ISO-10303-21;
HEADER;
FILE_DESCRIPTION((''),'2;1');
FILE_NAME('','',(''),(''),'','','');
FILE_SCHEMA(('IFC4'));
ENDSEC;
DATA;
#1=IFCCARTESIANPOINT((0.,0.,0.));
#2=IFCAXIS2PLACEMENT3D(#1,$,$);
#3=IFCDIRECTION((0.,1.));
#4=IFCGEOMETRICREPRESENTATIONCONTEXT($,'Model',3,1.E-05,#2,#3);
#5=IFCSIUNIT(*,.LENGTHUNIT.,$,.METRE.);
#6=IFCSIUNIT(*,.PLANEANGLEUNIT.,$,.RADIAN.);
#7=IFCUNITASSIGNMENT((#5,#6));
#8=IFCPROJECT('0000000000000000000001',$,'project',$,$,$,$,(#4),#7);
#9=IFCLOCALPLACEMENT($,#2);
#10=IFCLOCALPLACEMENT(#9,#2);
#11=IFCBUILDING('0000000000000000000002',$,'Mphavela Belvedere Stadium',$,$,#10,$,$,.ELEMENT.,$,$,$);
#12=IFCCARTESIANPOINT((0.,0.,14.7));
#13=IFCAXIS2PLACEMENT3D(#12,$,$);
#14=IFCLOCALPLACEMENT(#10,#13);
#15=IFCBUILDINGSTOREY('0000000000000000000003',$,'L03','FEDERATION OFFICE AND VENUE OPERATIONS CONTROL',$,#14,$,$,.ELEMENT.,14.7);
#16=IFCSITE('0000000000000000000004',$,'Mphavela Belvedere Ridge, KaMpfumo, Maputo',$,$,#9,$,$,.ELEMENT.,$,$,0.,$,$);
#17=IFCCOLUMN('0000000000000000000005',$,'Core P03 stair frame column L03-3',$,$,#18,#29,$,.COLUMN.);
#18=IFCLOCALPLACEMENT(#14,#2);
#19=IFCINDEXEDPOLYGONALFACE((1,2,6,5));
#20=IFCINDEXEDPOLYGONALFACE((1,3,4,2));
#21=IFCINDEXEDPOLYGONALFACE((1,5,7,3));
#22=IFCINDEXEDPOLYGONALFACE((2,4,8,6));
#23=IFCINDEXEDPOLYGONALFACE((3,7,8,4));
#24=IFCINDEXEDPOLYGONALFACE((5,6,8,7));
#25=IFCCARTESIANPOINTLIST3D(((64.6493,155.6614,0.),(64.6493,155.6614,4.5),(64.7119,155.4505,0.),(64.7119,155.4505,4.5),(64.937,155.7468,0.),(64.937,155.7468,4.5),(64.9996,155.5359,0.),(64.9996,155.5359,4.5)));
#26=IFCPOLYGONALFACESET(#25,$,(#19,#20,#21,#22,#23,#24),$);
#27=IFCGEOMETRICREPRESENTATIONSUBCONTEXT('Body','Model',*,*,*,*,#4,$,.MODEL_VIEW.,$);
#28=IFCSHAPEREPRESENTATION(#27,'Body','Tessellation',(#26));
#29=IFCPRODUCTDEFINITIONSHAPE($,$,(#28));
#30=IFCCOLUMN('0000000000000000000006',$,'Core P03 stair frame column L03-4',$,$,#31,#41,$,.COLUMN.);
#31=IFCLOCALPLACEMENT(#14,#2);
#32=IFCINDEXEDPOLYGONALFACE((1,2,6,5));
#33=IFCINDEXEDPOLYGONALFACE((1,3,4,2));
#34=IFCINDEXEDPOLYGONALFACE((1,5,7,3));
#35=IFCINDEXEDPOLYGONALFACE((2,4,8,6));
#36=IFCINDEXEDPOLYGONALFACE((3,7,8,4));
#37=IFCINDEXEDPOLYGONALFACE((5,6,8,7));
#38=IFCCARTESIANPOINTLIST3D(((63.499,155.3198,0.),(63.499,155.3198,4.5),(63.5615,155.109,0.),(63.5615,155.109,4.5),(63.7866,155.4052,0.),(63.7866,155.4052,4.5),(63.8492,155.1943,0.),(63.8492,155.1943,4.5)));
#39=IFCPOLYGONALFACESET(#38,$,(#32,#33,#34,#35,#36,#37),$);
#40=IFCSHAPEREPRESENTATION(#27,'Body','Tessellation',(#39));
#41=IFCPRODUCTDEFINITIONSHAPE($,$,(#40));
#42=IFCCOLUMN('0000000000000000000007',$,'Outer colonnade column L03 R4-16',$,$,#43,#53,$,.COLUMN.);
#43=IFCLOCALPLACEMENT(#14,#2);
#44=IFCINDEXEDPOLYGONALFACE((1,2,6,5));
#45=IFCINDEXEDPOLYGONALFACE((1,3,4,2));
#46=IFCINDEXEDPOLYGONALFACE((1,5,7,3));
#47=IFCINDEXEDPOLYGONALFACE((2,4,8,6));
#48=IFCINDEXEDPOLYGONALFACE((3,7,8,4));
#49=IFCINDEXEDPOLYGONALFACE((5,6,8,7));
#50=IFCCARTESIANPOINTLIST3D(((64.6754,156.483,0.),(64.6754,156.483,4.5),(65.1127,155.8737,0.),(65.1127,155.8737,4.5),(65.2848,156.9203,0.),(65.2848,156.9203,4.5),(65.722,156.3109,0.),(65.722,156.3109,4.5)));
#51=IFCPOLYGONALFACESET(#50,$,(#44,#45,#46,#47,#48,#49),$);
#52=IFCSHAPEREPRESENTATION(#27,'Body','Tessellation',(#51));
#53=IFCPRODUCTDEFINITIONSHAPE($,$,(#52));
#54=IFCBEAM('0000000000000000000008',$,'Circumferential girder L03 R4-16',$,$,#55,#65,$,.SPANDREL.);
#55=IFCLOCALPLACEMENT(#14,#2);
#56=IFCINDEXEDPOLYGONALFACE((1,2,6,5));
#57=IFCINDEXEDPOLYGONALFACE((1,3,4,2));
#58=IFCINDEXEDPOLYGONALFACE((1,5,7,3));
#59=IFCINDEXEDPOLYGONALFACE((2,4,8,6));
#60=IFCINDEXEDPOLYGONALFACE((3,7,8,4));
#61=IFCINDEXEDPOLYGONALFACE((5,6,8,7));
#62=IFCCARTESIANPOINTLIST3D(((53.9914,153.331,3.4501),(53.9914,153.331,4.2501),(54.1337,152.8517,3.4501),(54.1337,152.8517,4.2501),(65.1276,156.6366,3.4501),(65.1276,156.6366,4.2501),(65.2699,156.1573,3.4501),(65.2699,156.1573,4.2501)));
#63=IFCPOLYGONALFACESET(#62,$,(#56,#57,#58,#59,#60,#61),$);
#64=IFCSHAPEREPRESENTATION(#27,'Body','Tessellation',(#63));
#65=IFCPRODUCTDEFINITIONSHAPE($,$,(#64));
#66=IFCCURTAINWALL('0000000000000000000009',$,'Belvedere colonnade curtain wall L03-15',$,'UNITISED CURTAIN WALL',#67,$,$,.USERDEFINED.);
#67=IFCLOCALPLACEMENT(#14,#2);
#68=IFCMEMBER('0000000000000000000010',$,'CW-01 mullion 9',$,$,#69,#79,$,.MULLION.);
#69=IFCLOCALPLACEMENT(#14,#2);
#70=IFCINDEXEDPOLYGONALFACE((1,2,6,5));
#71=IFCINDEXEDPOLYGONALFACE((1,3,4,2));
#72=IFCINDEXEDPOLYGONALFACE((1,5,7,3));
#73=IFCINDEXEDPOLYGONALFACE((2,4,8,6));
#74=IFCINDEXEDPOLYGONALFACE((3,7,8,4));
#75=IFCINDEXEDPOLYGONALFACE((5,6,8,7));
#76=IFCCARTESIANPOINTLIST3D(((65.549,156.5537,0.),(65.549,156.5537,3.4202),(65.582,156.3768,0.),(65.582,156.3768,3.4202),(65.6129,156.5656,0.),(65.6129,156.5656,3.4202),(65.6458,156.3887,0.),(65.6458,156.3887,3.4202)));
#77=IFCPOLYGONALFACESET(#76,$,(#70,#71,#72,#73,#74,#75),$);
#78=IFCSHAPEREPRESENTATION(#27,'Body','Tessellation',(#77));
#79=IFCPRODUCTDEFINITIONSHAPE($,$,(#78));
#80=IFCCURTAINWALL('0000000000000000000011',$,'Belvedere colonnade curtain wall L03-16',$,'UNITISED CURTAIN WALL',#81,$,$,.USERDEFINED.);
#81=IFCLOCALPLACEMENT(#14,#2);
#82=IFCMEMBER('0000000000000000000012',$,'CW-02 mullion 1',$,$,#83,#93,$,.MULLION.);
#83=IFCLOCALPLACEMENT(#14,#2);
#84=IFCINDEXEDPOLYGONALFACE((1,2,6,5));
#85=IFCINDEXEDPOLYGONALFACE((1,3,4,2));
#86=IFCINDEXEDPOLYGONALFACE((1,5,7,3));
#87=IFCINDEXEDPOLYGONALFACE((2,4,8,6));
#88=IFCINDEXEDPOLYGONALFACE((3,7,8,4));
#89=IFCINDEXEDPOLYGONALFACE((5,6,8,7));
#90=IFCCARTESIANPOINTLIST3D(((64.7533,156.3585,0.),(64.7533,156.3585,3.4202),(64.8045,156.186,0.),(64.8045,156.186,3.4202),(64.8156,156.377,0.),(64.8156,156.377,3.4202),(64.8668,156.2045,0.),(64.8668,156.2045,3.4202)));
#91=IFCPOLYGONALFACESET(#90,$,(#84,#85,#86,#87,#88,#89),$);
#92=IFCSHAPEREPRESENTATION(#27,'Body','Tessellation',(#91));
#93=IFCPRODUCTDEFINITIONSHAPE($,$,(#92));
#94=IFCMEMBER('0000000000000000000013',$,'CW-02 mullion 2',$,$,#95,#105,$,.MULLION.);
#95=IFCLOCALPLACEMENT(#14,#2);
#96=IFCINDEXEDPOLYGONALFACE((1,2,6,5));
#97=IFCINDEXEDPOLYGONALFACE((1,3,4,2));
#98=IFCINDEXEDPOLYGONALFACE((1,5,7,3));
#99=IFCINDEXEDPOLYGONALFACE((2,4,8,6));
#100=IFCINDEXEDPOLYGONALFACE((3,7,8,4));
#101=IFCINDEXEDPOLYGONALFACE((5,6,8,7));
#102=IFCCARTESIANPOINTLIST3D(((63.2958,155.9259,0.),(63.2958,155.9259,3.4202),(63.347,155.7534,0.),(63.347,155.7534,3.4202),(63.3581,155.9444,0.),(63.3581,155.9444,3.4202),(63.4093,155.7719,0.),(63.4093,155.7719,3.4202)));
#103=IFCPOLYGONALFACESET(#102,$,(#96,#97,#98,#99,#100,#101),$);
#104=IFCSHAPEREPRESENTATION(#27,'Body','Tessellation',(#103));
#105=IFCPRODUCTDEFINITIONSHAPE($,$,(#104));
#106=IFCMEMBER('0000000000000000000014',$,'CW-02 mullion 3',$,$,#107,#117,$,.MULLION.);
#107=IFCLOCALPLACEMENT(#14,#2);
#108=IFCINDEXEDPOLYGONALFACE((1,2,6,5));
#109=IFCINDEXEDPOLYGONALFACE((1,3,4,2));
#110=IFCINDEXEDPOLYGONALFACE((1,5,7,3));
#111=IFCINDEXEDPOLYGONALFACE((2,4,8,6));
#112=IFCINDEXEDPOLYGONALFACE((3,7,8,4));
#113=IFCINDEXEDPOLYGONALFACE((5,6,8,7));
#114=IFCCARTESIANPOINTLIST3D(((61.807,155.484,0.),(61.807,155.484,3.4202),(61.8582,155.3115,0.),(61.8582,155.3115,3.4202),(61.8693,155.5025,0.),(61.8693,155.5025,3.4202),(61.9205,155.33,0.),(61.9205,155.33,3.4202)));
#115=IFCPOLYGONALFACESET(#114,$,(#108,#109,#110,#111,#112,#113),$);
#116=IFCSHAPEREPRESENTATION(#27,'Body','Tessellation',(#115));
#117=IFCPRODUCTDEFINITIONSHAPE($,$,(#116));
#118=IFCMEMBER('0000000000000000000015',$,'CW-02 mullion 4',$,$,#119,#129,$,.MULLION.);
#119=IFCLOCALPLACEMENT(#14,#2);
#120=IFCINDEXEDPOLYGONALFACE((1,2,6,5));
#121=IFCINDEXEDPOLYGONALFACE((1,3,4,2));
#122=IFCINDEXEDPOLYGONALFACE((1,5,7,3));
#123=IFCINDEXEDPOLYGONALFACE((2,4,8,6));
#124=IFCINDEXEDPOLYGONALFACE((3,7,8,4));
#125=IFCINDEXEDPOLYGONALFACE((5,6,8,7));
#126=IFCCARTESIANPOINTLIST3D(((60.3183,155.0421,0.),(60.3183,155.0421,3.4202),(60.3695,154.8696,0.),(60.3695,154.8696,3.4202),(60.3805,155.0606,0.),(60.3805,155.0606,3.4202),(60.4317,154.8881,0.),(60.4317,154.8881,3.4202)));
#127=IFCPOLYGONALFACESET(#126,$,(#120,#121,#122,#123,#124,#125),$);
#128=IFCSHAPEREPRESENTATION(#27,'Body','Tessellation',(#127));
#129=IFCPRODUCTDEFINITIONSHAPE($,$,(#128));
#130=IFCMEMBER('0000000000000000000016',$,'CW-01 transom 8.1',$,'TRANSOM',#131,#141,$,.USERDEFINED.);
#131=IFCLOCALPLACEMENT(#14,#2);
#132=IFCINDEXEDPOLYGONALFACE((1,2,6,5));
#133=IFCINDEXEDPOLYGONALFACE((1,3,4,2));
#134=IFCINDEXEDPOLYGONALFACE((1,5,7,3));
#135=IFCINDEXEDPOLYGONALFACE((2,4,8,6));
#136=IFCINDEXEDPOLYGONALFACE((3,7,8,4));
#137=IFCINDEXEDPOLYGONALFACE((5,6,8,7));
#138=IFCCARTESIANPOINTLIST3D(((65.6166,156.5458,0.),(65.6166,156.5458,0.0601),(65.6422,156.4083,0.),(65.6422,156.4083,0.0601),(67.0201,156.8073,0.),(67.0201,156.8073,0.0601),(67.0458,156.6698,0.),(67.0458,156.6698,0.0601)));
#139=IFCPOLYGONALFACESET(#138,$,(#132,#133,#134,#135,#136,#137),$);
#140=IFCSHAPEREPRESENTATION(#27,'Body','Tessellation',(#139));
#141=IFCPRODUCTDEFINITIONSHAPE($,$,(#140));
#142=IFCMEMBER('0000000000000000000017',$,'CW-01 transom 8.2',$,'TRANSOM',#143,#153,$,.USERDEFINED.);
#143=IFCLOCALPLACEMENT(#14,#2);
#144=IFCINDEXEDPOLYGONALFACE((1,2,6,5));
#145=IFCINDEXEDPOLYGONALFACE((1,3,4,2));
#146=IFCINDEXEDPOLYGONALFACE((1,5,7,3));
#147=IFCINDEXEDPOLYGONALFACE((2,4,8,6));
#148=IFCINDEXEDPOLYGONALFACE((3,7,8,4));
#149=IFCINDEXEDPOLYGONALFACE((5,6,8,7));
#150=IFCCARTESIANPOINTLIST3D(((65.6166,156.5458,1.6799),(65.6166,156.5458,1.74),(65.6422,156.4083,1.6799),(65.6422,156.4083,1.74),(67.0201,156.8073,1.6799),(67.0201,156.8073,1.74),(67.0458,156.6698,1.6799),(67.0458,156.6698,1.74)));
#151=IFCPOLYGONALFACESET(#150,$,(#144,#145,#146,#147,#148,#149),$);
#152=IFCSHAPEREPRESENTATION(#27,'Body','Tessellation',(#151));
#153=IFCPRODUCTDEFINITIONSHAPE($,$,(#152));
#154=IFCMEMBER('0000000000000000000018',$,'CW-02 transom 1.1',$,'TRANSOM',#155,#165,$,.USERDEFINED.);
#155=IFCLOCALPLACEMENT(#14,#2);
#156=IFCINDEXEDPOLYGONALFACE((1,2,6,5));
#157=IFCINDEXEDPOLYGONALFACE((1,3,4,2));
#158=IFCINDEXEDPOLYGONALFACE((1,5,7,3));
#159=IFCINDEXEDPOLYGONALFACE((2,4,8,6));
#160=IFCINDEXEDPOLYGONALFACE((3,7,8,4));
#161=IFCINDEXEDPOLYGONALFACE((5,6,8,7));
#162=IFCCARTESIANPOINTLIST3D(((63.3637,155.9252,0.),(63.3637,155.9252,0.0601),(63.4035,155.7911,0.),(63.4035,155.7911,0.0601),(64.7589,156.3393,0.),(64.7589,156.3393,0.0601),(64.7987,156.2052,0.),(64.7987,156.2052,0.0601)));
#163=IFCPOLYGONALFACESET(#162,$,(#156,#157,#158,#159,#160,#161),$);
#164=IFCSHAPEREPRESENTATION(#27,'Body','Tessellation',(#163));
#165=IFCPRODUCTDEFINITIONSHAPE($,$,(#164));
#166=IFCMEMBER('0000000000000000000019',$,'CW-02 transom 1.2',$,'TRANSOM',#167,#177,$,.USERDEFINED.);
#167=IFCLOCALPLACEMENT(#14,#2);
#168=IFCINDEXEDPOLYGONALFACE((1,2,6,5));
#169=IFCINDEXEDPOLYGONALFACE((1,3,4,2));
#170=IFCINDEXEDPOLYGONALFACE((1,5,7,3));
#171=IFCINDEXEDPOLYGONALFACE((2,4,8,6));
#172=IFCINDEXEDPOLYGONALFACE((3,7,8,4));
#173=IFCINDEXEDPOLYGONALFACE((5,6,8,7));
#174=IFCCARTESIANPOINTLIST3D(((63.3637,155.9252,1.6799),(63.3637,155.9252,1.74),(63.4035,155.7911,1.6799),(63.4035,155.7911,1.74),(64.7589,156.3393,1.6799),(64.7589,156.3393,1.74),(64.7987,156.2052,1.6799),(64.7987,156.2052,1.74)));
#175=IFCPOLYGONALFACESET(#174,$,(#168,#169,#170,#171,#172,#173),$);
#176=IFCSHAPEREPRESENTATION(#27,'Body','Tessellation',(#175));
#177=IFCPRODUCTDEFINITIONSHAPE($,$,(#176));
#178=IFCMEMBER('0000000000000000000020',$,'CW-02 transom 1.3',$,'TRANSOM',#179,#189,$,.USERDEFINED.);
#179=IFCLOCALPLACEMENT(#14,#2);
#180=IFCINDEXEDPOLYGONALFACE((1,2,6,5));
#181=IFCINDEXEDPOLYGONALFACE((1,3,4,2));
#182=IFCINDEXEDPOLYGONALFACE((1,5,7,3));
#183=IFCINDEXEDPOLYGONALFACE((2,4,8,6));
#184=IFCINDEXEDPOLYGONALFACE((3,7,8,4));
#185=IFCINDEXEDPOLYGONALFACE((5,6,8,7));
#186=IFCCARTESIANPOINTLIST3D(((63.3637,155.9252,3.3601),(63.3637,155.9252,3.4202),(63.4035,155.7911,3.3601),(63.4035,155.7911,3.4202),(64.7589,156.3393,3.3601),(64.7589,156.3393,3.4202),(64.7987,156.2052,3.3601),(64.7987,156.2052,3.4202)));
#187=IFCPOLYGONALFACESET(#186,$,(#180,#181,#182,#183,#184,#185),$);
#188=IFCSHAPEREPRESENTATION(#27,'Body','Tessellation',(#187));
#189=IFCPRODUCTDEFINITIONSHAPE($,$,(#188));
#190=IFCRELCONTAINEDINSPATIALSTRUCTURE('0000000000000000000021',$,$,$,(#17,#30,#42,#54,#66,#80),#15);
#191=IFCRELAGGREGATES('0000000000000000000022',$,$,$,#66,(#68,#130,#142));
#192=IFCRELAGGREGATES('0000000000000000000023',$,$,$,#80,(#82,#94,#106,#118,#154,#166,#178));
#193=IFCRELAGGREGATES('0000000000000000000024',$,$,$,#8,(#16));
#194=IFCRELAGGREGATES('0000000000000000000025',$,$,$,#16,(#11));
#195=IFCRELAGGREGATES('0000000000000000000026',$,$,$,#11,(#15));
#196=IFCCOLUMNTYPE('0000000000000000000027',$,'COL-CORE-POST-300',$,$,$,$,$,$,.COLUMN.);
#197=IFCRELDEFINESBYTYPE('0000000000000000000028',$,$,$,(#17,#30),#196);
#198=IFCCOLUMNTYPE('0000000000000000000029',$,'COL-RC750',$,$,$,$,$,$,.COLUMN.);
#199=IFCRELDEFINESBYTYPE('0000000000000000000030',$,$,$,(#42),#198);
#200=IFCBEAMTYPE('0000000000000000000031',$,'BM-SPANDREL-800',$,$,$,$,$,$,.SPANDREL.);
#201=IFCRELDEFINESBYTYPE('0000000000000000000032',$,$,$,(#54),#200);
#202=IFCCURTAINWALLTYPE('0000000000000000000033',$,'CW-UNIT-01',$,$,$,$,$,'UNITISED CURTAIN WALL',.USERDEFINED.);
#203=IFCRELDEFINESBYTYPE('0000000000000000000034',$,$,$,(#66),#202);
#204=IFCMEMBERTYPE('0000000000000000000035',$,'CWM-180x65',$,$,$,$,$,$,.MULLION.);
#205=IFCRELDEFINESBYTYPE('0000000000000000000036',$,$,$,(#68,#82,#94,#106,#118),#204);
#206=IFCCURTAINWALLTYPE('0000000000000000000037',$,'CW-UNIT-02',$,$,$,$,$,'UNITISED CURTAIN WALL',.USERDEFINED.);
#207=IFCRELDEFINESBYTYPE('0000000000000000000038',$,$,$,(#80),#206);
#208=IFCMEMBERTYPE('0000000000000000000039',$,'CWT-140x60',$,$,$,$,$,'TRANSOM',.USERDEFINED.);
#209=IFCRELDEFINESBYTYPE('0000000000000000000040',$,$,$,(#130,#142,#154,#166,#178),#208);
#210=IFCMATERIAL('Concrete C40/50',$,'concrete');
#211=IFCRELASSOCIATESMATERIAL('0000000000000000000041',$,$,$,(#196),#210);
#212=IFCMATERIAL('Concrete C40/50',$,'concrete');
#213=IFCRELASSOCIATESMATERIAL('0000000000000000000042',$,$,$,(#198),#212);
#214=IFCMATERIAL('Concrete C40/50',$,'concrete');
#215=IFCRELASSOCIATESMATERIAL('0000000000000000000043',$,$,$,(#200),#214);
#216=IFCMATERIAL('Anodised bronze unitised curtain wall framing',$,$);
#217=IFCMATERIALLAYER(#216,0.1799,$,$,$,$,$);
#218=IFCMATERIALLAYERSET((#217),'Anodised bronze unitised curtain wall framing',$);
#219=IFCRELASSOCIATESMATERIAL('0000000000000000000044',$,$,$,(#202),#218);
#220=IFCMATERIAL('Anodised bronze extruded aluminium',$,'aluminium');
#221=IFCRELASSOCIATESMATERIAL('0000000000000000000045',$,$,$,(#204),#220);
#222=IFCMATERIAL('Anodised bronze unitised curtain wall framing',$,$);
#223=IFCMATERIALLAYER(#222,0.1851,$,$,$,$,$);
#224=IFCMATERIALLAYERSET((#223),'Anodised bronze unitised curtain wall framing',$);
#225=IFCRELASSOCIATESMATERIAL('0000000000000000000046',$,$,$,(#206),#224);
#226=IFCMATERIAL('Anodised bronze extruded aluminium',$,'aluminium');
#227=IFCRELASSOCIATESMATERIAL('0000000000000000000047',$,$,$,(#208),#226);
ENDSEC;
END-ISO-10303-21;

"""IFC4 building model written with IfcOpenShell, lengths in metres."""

from ifc_helpers import new_model, si_unit, direction, frame, origin, origin_2d, place, context, subcontext, project, spatial, rectangle, extrude, material, layer, layer_set, material_profile, profile_set, type_object, element, aggregate, save


model = new_model("IFC4")

# Units and contexts
model_context = context("Model", 3, precision=1e-05, world=origin(), true_north=direction((0.0, 1.0)))
body_context = subcontext(model_context, "Body", "Model", "MODEL_VIEW")
ifc_project = project(units=[si_unit("LENGTHUNIT", "METRE"), si_unit("PLANEANGLEUNIT", "RADIAN")], contexts=[model_context])

# Site, building, storey
site_placement = place(None, origin())
site = spatial("IfcSite", under=ifc_project, at=site_placement, Name="Mphavela Belvedere Ridge, KaMpfumo, Maputo", CompositionType="ELEMENT", RefElevation=0.0)
building_placement = place(site_placement, origin())
building = spatial("IfcBuilding", under=site, at=building_placement, Name="Mphavela Belvedere Stadium", CompositionType="ELEMENT")
storey_placement = place(building_placement, frame((0.0, 0.0, 14.7)))
storey = spatial("IfcBuildingStorey", under=building, at=storey_placement, Name="L03", Description="FEDERATION OFFICE AND VENUE OPERATIONS CONTROL", CompositionType="ELEMENT", Elevation=14.7)

# Columns
ifc_material_1 = material(Name="Concrete C40/50", Category="concrete")
ifc_material_profile_1 = material_profile(ifc_material_1, rectangle(XDim=0.3, YDim=0.22, at=origin_2d()), Name="RC 300x220")
ifc_profile_set_1 = profile_set([ifc_material_profile_1], Name="Concrete C40/50")
column_type_1 = type_object("IfcColumnType", Name="COL-CORE-POST-300", PredefinedType="COLUMN", material=ifc_profile_set_1)
for number, where, z_axis, x_axis, name in (
    (1, (64.8245, 155.5986, 0.0), (0.0, 0.0, 1.0), (0.958671, 0.284517, 0.0), "Core P03 stair frame column L03-3"),
    (2, (63.6741, 155.2571, 0.0), (0.0, 0.0, 1.0), (0.958671, 0.284517, 0.0), "Core P03 stair frame column L03-4"),
):
    element("IfcColumn", number, at=place(storey_placement, frame(where, z_axis=z_axis, x_axis=x_axis)), inside=storey, type_object=column_type_1, Name=name, PredefinedType="COLUMN", context=body_context, shape_type="SweptSolid", body=[
        extrude(rectangle(XDim=0.3, YDim=0.22, at=origin_2d()), origin(), (0.0, 0.0, 1.0), 4.5),
    ])
ifc_material_2 = material(Name="Concrete C40/50", Category="concrete")
ifc_material_profile_2 = material_profile(ifc_material_2, rectangle(XDim=0.75, YDim=0.75, at=origin_2d()), Name="RC 750x750")
ifc_profile_set_2 = profile_set([ifc_material_profile_2], Name="Concrete C40/50")
column_type_2 = type_object("IfcColumnType", Name="COL-RC750", PredefinedType="COLUMN", material=ifc_profile_set_2)
column_placement = place(storey_placement, frame((65.1987, 156.397, 0.0), z_axis=(0.0, 0.0, 1.0), x_axis=(-0.582974, 0.812491, 0.0)))
element("IfcColumn", 3, at=column_placement, inside=storey, type_object=column_type_2, Name="Outer colonnade column L03 R4-16", PredefinedType="COLUMN", context=body_context, shape_type="SweptSolid", body=[
    extrude(rectangle(XDim=0.75, YDim=0.75, at=origin_2d()), origin(), (0.0, 0.0, 1.0), 4.5),
])

# Beam
ifc_material_3 = material(Name="Concrete C40/50", Category="concrete")
ifc_material_profile_3 = material_profile(ifc_material_3, rectangle(XDim=0.5, YDim=0.8, at=origin_2d()), Name="RC 500x800")
ifc_profile_set_3 = profile_set([ifc_material_profile_3], Name="Concrete C40/50")
beam_type = type_object("IfcBeamType", Name="BM-SPANDREL-800", PredefinedType="SPANDREL", material=ifc_profile_set_3)
beam_placement = place(storey_placement, frame((65.1987, 156.397, 3.8501), z_axis=(-0.958656, -0.284566, 0.0), x_axis=(0.284566, -0.958656, 0.0)))
element("IfcBeam", 4, at=beam_placement, inside=storey, type_object=beam_type, Name="Circumferential girder L03 R4-16", PredefinedType="SPANDREL", context=body_context, shape_type="SweptSolid", body=[
    extrude(rectangle(XDim=0.5, YDim=0.8, at=origin_2d()), origin(), (0.0, 0.0, 1.0), 11.6165),
])

# Curtain wall, member
ifc_material_4 = material(Name="Anodised bronze unitised curtain wall framing")
ifc_layer_1 = layer(ifc_material_4, 0.1799)
ifc_layer_set_1 = layer_set([ifc_layer_1], Name="Anodised bronze unitised curtain wall framing")
curtain_wall_type_1 = type_object("IfcCurtainWallType", Name="CW-UNIT-01", ElementType="UNITISED CURTAIN WALL", PredefinedType="USERDEFINED", material=ifc_layer_set_1)
curtain_wall_1_placement = place(storey_placement, origin())
curtain_wall_1 = element("IfcCurtainWall", 5, at=curtain_wall_1_placement, inside=storey, type_object=curtain_wall_type_1, Name="Belvedere colonnade curtain wall L03-15", ObjectType="UNITISED CURTAIN WALL", PredefinedType="USERDEFINED")
ifc_material_5 = material(Name="Anodised bronze extruded aluminium", Category="aluminium")
ifc_material_profile_4 = material_profile(ifc_material_5, rectangle(XDim=0.1799, YDim=0.0649, at=origin_2d()), Name="CW-MUL 180x65")
ifc_profile_set_4 = profile_set([ifc_material_profile_4], Name="Anodised bronze extruded aluminium")
member_type_1 = type_object("IfcMemberType", Name="CWM-180x65", PredefinedType="MULLION", material=ifc_profile_set_4)
member_1_placement = place(storey_placement, frame((65.5974, 156.4712, 0.0), z_axis=(0.0, 0.0, 1.0), x_axis=(0.183088, -0.983097, 0.0)))
member_1 = element("IfcMember", 6, at=member_1_placement, type_object=member_type_1, Name="CW-01 mullion 9", PredefinedType="MULLION", context=body_context, shape_type="SweptSolid", body=[
    extrude(rectangle(XDim=0.1799, YDim=0.0649, at=origin_2d()), origin(), (0.0, 0.0, 1.0), 3.4202),
])

# Curtain wall, members
ifc_material_6 = material(Name="Anodised bronze unitised curtain wall framing")
ifc_layer_2 = layer(ifc_material_6, 0.1851)
ifc_layer_set_2 = layer_set([ifc_layer_2], Name="Anodised bronze unitised curtain wall framing")
curtain_wall_type_2 = type_object("IfcCurtainWallType", Name="CW-UNIT-02", ElementType="UNITISED CURTAIN WALL", PredefinedType="USERDEFINED", material=ifc_layer_set_2)
curtain_wall_2_placement = place(storey_placement, origin())
curtain_wall_2 = element("IfcCurtainWall", 7, at=curtain_wall_2_placement, inside=storey, type_object=curtain_wall_type_2, Name="Belvedere colonnade curtain wall L03-16", ObjectType="UNITISED CURTAIN WALL", PredefinedType="USERDEFINED")
member_2_placement = place(storey_placement, frame((64.8101, 156.2815, 0.0), z_axis=(0.0, 0.0, 1.0), x_axis=(0.284565, -0.958657, 0.0)))
member_2 = element("IfcMember", 8, at=member_2_placement, type_object=member_type_1, Name="CW-02 mullion 1", PredefinedType="MULLION", context=body_context, shape_type="SweptSolid", body=[
    extrude(rectangle(XDim=0.1799, YDim=0.0649, at=origin_2d()), origin(), (0.0, 0.0, 1.0), 3.4202),
])
member_3_placement = place(storey_placement, frame((63.3525, 155.8489, 0.0), z_axis=(0.0, 0.0, 1.0), x_axis=(0.284565, -0.958657, 0.0)))
member_3 = element("IfcMember", 9, at=member_3_placement, type_object=member_type_1, Name="CW-02 mullion 2", PredefinedType="MULLION", context=body_context, shape_type="SweptSolid", body=[
    extrude(rectangle(XDim=0.1799, YDim=0.0649, at=origin_2d()), origin(), (0.0, 0.0, 1.0), 3.4202),
])
member_4_placement = place(storey_placement, frame((61.8638, 155.407, 0.0), z_axis=(0.0, 0.0, 1.0), x_axis=(0.284565, -0.958657, 0.0)))
member_4 = element("IfcMember", 10, at=member_4_placement, type_object=member_type_1, Name="CW-02 mullion 3", PredefinedType="MULLION", context=body_context, shape_type="SweptSolid", body=[
    extrude(rectangle(XDim=0.1799, YDim=0.0649, at=origin_2d()), origin(), (0.0, 0.0, 1.0), 3.4202),
])
member_5_placement = place(storey_placement, frame((60.375, 154.9651, 0.0), z_axis=(0.0, 0.0, 1.0), x_axis=(0.284565, -0.958657, 0.0)))
member_5 = element("IfcMember", 11, at=member_5_placement, type_object=member_type_1, Name="CW-02 mullion 4", PredefinedType="MULLION", context=body_context, shape_type="SweptSolid", body=[
    extrude(rectangle(XDim=0.1799, YDim=0.0649, at=origin_2d()), origin(), (0.0, 0.0, 1.0), 3.4202),
])

# Members
ifc_material_7 = material(Name="Anodised bronze extruded aluminium", Category="aluminium")
ifc_material_profile_5 = material_profile(ifc_material_7, rectangle(XDim=0.1399, YDim=0.0601, at=origin_2d()), Name="CW-TRN 140x60")
ifc_profile_set_5 = profile_set([ifc_material_profile_5], Name="Anodised bronze extruded aluminium")
member_type_2 = type_object("IfcMemberType", Name="CWT-140x60", ElementType="TRANSOM", PredefinedType="USERDEFINED", material=ifc_profile_set_5)
member_6_placement = place(storey_placement, frame((67.033, 156.7385, 0.03), z_axis=(-0.983086, -0.183142, 0.0), x_axis=(0.183142, -0.983086, 0.0)))
member_6 = element("IfcMember", 12, at=member_6_placement, type_object=member_type_2, Name="CW-01 transom 8.1", ObjectType="TRANSOM", PredefinedType="USERDEFINED", context=body_context, shape_type="SweptSolid", body=[
    extrude(rectangle(XDim=0.1399, YDim=0.0601, at=origin_2d()), origin(), (0.0, 0.0, 1.0), 1.4277),
])
member_7_placement = place(storey_placement, frame((67.033, 156.7385, 1.71), z_axis=(-0.983086, -0.183142, 0.0), x_axis=(0.183142, -0.983086, 0.0)))
member_7 = element("IfcMember", 13, at=member_7_placement, type_object=member_type_2, Name="CW-01 transom 8.2", ObjectType="TRANSOM", PredefinedType="USERDEFINED", context=body_context, shape_type="SweptSolid", body=[
    extrude(rectangle(XDim=0.1399, YDim=0.0601, at=origin_2d()), origin(), (0.0, 0.0, 1.0), 1.4277),
])
member_8_placement = place(storey_placement, frame((64.7788, 156.2722, 0.03), z_axis=(-0.958676, -0.2845, 0.0), x_axis=(0.2845, -0.958676, 0.0)))
member_8 = element("IfcMember", 14, at=member_8_placement, type_object=member_type_2, Name="CW-02 transom 1.1", ObjectType="TRANSOM", PredefinedType="USERDEFINED", context=body_context, shape_type="SweptSolid", body=[
    extrude(rectangle(XDim=0.1399, YDim=0.0601, at=origin_2d()), origin(), (0.0, 0.0, 1.0), 1.4553),
])
member_9_placement = place(storey_placement, frame((64.7788, 156.2722, 1.71), z_axis=(-0.958676, -0.2845, 0.0), x_axis=(0.2845, -0.958676, 0.0)))
member_9 = element("IfcMember", 15, at=member_9_placement, type_object=member_type_2, Name="CW-02 transom 1.2", ObjectType="TRANSOM", PredefinedType="USERDEFINED", context=body_context, shape_type="SweptSolid", body=[
    extrude(rectangle(XDim=0.1399, YDim=0.0601, at=origin_2d()), origin(), (0.0, 0.0, 1.0), 1.4553),
])
member_10_placement = place(storey_placement, frame((64.7788, 156.2722, 3.3901), z_axis=(-0.958676, -0.2845, 0.0), x_axis=(0.2845, -0.958676, 0.0)))
member_10 = element("IfcMember", 16, at=member_10_placement, type_object=member_type_2, Name="CW-02 transom 1.3", ObjectType="TRANSOM", PredefinedType="USERDEFINED", context=body_context, shape_type="SweptSolid", body=[
    extrude(rectangle(XDim=0.1399, YDim=0.0601, at=origin_2d()), origin(), (0.0, 0.0, 1.0), 1.4553),
])

aggregate(curtain_wall_1, [member_1, member_6, member_7])
aggregate(curtain_wall_2, [member_2, member_3, member_4, member_5, member_8, member_9, member_10])

save(model, "model.ifc")
